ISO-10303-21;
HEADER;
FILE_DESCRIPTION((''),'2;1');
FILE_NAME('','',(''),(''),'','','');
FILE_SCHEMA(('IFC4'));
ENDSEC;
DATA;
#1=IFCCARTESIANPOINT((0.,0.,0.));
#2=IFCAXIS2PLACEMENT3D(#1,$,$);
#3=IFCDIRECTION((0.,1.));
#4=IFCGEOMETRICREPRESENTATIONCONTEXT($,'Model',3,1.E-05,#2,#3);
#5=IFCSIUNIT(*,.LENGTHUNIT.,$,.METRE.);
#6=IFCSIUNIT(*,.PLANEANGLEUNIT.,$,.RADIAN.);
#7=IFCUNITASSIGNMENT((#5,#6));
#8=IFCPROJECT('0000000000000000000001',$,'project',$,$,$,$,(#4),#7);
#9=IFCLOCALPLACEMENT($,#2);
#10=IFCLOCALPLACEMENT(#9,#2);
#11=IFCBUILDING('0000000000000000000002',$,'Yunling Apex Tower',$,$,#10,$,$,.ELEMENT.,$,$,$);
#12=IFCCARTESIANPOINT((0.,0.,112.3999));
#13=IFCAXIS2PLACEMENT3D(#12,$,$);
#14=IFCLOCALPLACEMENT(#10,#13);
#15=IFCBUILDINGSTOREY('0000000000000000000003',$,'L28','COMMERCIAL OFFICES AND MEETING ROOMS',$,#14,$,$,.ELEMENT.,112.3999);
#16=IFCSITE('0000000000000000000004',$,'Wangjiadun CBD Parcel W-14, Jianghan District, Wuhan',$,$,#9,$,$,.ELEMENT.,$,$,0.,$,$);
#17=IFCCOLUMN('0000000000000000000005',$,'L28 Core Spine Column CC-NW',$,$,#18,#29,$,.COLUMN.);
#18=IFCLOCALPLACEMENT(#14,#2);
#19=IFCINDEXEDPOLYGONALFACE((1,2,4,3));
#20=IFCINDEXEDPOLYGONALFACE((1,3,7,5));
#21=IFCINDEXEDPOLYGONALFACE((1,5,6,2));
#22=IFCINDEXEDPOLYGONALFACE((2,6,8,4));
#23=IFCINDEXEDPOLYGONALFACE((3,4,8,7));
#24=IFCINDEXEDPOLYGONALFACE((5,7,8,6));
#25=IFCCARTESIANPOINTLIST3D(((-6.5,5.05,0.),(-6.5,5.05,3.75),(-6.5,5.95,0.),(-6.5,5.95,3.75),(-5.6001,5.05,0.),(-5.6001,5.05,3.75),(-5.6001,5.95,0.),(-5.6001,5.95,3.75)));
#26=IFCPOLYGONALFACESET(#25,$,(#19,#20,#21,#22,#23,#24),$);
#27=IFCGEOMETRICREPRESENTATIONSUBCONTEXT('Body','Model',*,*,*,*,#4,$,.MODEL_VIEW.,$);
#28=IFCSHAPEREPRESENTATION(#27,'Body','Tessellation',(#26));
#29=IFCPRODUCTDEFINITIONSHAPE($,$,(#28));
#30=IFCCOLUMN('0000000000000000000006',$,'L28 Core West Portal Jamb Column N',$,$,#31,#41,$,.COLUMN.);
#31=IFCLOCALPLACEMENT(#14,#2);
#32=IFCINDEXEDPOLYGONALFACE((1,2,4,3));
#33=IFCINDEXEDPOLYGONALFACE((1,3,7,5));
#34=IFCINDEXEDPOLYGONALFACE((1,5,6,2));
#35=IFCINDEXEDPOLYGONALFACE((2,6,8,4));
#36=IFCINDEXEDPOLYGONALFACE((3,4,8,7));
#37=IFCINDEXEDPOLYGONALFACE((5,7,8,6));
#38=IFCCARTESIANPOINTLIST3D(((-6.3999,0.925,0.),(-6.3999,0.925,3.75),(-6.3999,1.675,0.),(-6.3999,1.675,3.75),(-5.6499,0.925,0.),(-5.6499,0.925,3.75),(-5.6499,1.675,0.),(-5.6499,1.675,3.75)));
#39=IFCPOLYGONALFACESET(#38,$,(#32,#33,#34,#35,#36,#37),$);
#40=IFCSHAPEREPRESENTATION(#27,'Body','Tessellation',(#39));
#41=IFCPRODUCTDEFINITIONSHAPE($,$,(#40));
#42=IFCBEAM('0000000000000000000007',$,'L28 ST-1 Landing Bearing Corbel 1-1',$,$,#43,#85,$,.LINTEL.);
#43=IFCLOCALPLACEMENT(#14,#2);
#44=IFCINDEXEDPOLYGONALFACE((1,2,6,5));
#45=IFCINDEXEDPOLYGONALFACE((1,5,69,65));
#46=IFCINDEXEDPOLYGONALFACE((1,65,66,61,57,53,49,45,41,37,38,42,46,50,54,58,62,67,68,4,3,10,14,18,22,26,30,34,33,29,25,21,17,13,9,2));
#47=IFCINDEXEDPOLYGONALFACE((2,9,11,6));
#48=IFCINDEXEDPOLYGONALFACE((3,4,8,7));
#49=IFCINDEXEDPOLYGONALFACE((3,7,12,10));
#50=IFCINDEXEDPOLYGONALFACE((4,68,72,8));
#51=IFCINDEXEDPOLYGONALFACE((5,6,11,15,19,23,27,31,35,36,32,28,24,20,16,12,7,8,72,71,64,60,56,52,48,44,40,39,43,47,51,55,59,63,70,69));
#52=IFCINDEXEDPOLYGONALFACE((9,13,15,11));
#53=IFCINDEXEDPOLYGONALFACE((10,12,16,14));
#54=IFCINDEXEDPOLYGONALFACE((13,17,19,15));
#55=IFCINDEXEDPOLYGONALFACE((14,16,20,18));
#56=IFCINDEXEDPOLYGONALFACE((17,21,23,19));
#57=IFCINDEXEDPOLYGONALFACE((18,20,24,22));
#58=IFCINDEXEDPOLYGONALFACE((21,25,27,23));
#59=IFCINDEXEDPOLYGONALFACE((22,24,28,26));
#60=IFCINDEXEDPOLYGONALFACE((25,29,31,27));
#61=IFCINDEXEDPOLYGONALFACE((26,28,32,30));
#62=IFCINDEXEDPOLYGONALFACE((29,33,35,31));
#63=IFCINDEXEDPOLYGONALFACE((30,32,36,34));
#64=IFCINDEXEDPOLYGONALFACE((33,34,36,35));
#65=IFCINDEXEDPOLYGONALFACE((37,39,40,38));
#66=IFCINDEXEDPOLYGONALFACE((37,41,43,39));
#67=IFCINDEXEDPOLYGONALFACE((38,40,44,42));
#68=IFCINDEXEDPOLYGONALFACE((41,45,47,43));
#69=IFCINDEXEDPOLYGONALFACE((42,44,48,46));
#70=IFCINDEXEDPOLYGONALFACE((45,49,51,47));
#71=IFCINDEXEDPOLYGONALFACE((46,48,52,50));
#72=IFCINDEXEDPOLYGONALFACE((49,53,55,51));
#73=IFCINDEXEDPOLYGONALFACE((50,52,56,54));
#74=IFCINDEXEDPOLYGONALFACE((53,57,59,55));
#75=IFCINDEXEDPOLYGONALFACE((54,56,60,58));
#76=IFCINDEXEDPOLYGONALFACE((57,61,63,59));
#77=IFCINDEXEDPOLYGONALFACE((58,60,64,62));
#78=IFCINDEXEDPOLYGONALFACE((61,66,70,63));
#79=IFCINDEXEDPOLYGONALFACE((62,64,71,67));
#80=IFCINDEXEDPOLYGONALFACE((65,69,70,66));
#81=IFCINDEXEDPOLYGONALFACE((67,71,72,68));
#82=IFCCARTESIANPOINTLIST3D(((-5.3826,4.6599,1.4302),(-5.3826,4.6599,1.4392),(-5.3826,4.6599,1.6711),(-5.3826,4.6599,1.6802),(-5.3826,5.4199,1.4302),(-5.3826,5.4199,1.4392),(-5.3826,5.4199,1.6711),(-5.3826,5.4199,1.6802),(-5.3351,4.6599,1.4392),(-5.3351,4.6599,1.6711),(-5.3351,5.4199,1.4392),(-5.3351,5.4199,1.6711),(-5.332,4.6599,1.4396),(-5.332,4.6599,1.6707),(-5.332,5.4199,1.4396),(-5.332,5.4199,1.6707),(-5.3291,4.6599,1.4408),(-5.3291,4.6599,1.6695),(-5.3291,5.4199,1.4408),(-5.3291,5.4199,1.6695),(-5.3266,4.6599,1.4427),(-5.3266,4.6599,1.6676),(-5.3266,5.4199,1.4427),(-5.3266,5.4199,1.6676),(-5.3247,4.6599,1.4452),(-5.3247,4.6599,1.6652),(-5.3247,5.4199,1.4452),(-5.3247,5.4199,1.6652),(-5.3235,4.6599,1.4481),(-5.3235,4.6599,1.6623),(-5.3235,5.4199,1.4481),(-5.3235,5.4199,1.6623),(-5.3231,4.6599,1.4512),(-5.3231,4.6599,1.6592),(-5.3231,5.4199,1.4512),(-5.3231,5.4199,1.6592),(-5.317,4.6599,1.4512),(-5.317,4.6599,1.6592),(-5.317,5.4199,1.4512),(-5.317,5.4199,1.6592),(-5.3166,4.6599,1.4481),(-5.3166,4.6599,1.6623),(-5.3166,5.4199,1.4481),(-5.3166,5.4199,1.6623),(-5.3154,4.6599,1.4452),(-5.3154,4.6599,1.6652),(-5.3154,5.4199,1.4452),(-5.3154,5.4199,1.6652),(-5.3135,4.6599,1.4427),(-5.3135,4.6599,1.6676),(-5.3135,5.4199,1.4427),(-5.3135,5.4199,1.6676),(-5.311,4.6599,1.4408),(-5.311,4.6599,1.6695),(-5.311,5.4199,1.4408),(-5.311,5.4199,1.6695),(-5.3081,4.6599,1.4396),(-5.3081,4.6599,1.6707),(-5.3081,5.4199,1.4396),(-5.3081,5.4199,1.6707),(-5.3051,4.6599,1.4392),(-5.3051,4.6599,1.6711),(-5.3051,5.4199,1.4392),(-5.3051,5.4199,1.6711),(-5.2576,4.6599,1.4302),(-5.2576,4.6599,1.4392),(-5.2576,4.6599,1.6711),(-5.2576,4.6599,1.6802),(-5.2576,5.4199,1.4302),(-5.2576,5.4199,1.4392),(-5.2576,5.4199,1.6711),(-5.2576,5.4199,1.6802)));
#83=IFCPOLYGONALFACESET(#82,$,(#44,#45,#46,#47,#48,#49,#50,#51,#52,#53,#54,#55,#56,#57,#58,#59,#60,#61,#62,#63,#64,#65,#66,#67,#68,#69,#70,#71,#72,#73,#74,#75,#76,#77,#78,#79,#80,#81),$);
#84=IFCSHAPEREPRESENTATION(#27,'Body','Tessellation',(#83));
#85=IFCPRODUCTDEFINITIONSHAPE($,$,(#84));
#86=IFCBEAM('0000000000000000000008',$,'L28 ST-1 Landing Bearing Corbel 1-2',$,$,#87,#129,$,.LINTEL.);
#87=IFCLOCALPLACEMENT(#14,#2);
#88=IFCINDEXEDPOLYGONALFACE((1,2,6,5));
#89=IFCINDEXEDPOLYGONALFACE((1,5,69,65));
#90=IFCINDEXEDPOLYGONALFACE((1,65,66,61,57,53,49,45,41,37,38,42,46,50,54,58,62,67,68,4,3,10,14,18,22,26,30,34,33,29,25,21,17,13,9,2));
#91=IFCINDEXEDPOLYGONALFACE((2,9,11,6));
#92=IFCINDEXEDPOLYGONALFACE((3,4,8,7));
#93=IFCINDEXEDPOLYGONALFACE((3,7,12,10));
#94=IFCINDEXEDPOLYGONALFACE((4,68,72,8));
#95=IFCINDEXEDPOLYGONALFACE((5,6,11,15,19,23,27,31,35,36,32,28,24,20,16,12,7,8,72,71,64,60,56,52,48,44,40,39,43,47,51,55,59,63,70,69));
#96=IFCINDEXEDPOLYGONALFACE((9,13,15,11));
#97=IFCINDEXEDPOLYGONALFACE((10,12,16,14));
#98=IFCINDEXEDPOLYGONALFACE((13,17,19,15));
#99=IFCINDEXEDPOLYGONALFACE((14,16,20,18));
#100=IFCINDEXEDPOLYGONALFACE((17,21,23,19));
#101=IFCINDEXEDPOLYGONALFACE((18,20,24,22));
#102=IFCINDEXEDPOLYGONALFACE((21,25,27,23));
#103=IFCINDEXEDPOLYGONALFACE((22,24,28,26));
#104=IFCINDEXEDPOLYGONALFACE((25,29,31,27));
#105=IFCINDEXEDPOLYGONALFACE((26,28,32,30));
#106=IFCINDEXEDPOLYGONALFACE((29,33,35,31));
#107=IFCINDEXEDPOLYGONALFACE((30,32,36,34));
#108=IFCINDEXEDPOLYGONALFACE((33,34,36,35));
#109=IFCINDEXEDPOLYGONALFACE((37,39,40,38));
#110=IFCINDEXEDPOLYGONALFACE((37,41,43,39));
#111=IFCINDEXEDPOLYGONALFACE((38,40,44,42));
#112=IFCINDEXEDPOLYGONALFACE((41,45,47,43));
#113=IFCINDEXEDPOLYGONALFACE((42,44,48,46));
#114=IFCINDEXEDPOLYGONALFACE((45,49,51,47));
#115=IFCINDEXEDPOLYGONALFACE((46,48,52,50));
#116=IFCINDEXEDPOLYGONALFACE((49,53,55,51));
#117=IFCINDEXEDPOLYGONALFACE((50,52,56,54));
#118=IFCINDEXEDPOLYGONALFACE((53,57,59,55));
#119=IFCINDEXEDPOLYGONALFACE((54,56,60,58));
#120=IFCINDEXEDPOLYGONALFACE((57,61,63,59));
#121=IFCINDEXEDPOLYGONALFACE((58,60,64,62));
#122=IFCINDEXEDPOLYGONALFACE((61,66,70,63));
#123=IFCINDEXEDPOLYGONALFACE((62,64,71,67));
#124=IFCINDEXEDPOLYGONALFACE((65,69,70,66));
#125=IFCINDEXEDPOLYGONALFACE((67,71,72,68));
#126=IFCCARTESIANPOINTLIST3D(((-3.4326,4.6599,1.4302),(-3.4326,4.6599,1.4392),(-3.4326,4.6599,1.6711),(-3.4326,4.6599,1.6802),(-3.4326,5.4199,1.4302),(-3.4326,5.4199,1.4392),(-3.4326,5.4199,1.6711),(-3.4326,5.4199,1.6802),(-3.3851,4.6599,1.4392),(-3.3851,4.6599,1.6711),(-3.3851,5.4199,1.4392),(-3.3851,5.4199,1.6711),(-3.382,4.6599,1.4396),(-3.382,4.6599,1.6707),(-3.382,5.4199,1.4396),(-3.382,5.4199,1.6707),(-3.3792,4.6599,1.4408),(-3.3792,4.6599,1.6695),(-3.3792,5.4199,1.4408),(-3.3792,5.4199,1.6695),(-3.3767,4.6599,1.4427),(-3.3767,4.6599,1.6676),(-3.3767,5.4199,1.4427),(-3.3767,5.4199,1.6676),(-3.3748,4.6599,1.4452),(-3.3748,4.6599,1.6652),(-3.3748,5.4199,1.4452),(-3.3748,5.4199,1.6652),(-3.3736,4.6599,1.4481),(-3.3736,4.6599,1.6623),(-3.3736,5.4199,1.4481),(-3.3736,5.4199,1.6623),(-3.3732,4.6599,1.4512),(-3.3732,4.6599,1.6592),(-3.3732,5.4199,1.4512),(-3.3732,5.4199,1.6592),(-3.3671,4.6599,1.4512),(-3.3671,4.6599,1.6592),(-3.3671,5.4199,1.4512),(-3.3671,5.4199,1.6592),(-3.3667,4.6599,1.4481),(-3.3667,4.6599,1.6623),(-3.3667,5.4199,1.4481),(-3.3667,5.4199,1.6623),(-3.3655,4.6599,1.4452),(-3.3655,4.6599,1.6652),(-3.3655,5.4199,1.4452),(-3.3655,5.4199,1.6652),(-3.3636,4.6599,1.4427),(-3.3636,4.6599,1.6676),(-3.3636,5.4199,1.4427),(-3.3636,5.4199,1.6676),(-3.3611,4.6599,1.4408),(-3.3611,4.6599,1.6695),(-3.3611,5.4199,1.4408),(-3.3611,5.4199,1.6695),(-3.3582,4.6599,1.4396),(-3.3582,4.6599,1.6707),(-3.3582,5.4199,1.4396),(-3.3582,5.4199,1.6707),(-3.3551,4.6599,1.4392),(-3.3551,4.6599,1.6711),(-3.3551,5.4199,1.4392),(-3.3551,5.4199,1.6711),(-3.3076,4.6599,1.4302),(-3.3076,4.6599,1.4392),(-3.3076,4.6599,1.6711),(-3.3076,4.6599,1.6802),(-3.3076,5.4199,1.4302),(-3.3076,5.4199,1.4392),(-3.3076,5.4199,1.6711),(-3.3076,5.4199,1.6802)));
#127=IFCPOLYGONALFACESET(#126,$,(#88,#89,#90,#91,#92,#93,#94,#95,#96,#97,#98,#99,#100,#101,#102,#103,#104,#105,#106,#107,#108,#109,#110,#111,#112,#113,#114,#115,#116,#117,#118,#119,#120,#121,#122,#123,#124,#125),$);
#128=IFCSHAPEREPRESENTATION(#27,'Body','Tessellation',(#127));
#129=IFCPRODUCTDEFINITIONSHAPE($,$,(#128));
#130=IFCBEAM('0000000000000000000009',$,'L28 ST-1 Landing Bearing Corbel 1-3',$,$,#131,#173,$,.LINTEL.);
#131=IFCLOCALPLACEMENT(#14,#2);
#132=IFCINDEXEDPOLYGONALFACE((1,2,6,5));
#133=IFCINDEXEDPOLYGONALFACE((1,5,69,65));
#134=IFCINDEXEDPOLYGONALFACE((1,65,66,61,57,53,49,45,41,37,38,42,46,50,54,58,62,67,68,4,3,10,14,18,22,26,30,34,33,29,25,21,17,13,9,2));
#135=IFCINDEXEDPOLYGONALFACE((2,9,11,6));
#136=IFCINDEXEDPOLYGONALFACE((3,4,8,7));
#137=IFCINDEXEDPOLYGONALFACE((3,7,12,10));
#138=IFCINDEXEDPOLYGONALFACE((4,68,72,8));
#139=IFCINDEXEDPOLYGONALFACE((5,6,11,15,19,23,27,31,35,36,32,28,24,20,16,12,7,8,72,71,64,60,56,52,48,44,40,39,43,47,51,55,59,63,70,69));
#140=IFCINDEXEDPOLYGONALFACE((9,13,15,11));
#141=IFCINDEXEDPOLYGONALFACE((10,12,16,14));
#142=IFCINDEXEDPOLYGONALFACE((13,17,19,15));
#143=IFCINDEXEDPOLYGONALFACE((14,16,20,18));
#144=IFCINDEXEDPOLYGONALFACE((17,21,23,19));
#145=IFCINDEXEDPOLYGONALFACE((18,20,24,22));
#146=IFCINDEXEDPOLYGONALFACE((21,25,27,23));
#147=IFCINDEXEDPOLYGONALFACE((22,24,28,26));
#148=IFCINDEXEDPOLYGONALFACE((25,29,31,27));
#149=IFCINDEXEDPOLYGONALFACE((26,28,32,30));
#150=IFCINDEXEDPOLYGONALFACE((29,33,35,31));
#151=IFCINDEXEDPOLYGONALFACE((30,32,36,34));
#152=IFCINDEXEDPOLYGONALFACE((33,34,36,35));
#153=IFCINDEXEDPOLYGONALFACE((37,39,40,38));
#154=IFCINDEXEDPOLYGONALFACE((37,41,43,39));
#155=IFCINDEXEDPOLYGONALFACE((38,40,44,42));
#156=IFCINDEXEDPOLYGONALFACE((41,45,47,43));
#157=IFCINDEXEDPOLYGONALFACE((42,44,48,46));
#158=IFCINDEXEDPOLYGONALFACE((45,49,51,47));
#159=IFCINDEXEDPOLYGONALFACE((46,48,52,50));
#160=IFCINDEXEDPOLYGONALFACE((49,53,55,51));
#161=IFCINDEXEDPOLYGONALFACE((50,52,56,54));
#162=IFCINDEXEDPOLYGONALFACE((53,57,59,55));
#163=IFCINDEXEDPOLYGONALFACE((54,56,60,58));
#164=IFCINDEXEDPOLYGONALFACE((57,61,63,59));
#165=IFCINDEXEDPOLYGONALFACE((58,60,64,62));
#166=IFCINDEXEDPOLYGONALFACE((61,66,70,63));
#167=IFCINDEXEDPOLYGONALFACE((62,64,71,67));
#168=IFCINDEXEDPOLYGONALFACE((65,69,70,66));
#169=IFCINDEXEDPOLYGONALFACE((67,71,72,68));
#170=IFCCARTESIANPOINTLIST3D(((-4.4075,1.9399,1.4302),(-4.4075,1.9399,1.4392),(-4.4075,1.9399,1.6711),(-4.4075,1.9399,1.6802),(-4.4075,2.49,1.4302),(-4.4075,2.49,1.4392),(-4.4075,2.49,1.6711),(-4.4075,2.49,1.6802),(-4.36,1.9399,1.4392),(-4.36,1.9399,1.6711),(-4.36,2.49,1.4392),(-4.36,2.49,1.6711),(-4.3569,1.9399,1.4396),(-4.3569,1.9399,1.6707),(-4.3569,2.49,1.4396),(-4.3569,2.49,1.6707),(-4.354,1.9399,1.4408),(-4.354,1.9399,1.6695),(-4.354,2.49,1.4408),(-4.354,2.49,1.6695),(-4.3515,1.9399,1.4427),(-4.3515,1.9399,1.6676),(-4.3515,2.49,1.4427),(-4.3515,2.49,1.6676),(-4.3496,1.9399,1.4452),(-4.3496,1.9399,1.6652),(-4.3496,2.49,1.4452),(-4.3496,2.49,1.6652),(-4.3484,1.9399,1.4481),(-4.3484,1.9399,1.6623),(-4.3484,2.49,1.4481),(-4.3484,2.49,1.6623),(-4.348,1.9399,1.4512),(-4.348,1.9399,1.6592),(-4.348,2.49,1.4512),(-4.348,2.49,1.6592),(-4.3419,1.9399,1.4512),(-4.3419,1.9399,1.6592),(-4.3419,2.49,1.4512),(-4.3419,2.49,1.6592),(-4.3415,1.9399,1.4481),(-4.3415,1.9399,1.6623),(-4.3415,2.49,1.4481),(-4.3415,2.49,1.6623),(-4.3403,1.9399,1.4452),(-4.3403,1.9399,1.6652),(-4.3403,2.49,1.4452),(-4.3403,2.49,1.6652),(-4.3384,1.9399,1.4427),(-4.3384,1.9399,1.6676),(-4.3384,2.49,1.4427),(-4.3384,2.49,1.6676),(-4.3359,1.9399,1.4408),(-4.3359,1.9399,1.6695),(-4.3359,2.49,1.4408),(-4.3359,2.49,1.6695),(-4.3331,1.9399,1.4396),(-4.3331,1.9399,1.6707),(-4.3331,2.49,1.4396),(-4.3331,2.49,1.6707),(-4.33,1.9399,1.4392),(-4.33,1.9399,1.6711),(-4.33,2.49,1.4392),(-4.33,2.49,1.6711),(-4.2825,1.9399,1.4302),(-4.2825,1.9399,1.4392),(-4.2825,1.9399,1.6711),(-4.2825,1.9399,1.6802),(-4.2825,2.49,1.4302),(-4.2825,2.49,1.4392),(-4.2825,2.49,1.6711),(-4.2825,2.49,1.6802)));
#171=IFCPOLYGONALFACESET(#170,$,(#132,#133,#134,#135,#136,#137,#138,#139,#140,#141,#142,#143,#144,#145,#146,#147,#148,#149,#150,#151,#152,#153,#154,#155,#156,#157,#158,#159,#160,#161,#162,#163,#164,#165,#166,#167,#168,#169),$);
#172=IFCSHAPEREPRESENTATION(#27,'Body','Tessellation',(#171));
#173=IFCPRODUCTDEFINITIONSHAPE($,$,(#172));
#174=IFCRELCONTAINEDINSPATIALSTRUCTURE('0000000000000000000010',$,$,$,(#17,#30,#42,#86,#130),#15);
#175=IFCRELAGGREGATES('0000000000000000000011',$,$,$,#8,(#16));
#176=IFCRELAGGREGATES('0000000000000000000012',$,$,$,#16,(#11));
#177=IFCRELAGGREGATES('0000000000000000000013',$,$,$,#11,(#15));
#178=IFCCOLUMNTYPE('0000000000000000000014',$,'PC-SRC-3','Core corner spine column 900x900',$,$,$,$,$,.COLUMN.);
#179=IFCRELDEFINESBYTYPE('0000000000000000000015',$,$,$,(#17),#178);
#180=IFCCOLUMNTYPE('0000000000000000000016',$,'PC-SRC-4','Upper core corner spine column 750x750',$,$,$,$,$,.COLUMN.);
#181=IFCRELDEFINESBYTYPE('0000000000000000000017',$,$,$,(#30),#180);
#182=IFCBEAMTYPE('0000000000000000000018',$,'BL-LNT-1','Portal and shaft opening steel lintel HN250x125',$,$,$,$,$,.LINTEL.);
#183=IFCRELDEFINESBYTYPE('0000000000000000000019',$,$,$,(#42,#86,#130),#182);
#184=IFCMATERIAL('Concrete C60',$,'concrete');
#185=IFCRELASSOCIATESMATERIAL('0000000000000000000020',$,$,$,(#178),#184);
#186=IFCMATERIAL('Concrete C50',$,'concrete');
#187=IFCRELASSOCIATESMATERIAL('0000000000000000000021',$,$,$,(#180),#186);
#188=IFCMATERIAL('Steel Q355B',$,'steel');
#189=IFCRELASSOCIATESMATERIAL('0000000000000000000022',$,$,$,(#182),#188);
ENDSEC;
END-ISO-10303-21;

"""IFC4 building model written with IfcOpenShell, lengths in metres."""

from ifc_helpers import new_model, si_unit, direction, frame, origin, origin_2d, place, context, subcontext, project, spatial, rectangle, i_section, extrude, source, transform, mapped, material, material_profile, profile_set, type_object, element, save


model = new_model("IFC4")

# Units and contexts
model_context = context("Model", 3, precision=1e-05, world=origin(), true_north=direction((0.0, 1.0)))
body_context = subcontext(model_context, "Body", "Model", "MODEL_VIEW")
ifc_project = project(units=[si_unit("LENGTHUNIT", "METRE"), si_unit("PLANEANGLEUNIT", "RADIAN")], contexts=[model_context])

# Site, building, storey
site_placement = place(None, origin())
site = spatial("IfcSite", under=ifc_project, at=site_placement, Name="Wangjiadun CBD Parcel W-14, Jianghan District, Wuhan", CompositionType="ELEMENT", RefElevation=0.0)
building_placement = place(site_placement, origin())
building = spatial("IfcBuilding", under=site, at=building_placement, Name="Yunling Apex Tower", CompositionType="ELEMENT")
storey_placement = place(building_placement, frame((0.0, 0.0, 112.3999)))
storey = spatial("IfcBuildingStorey", under=building, at=storey_placement, Name="L28", Description="COMMERCIAL OFFICES AND MEETING ROOMS", CompositionType="ELEMENT", Elevation=112.3999)

# Columns
ifc_material_1 = material(Name="Concrete C60", Category="concrete")
ifc_material_profile_1 = material_profile(ifc_material_1, rectangle(XDim=0.8999, YDim=0.8999, at=origin_2d()))
ifc_profile_set_1 = profile_set([ifc_material_profile_1], Name="Concrete C60")
column_type_1 = type_object("IfcColumnType", Name="PC-SRC-3", Description="Core corner spine column 900x900", PredefinedType="COLUMN", material=ifc_profile_set_1)
shared_shape_1 = source(origin(), body_context, "Body", "SweptSolid", [
    extrude(rectangle(XDim=0.8999, YDim=0.8999, at=origin_2d()), origin(), (0.0, 0.0, 1.0), 3.75),
])
column_1_placement = place(storey_placement, frame((-6.05, 5.5, 0.0), z_axis=(0.0, 0.0, 1.0), x_axis=(1.0, 0.0, 0.0)))
element("IfcColumn", 1, at=column_1_placement, inside=storey, type_object=column_type_1, Name="L28 Core Spine Column CC-NW", PredefinedType="COLUMN", context=body_context, shape_type="MappedRepresentation", body=[
    mapped(shared_shape_1, transform((0.0, 0.0, 0.0), scale=1.0)),
])
ifc_material_2 = material(Name="Concrete C50", Category="concrete")
ifc_material_profile_2 = material_profile(ifc_material_2, rectangle(XDim=0.75, YDim=0.75, at=origin_2d()))
ifc_profile_set_2 = profile_set([ifc_material_profile_2], Name="Concrete C50")
column_type_2 = type_object("IfcColumnType", Name="PC-SRC-4", Description="Upper core corner spine column 750x750", PredefinedType="COLUMN", material=ifc_profile_set_2)
shared_shape_2 = source(origin(), body_context, "Body", "SweptSolid", [
    extrude(rectangle(XDim=0.75, YDim=0.75, at=origin_2d()), origin(), (0.0, 0.0, 1.0), 3.75),
])
column_2_placement = place(storey_placement, frame((-6.0249, 1.3, 0.0), z_axis=(0.0, 0.0, 1.0), x_axis=(1.0, 0.0, 0.0)))
element("IfcColumn", 2, at=column_2_placement, inside=storey, type_object=column_type_2, Name="L28 Core West Portal Jamb Column N", PredefinedType="COLUMN", context=body_context, shape_type="MappedRepresentation", body=[
    mapped(shared_shape_2, transform((0.0, 0.0, 0.0), scale=1.0)),
])

# Beams
ifc_material_3 = material(Name="Steel Q355B", Category="steel")
ifc_material_profile_3 = material_profile(ifc_material_3, i_section(OverallWidth=0.125, OverallDepth=0.25, WebThickness=0.0061, FlangeThickness=0.009, FilletRadius=0.012, at=origin_2d()))
ifc_profile_set_3 = profile_set([ifc_material_profile_3], Name="Steel Q355B")
beam_type_1 = type_object("IfcBeamType", Name="BL-LNT-1", Description="Portal and shaft opening steel lintel HN250x125", PredefinedType="LINTEL", material=ifc_profile_set_3)
shared_shape_3 = source(origin(), body_context, "Body", "SweptSolid", [
    extrude(i_section(OverallWidth=0.125, OverallDepth=0.25, WebThickness=0.0061, FlangeThickness=0.009, FilletRadius=0.012, at=origin_2d()), origin(), (0.0, 0.0, 1.0), 0.76),
])
for number, where, z_axis, x_axis, name in (
    (3, (-5.3201, 5.4199, 1.5552), (0.0, -1.0, 0.0), (1.0, 0.0, 0.0), "L28 ST-1 Landing Bearing Corbel 1-1"),
    (4, (-3.3701, 5.4199, 1.5552), (0.0, -1.0, 0.0), (1.0, 0.0, 0.0), "L28 ST-1 Landing Bearing Corbel 1-2"),
):
    element("IfcBeam", number, at=place(storey_placement, frame(where, z_axis=z_axis, x_axis=x_axis)), inside=storey, type_object=beam_type_1, Name=name, PredefinedType="LINTEL", context=body_context, shape_type="MappedRepresentation", body=[
        mapped(shared_shape_3, transform((0.0, 0.0, 0.0), scale=1.0)),
    ])
shared_shape_4 = source(origin(), body_context, "Body", "SweptSolid", [
    extrude(i_section(OverallWidth=0.125, OverallDepth=0.25, WebThickness=0.0061, FlangeThickness=0.009, FilletRadius=0.012, at=origin_2d()), origin(), (0.0, 0.0, 1.0), 0.55),
])
beam_1_placement = place(storey_placement, frame((-4.345, 1.9399, 1.5552), z_axis=(0.0, 1.0, 0.0), x_axis=(-1.0, 0.0, 0.0)))
element("IfcBeam", 5, at=beam_1_placement, inside=storey, type_object=beam_type_1, Name="L28 ST-1 Landing Bearing Corbel 1-3", PredefinedType="LINTEL", context=body_context, shape_type="MappedRepresentation", body=[
    mapped(shared_shape_4, transform((0.0, 0.0, 0.0), scale=1.0)),
])

save(model, "model.ifc")
